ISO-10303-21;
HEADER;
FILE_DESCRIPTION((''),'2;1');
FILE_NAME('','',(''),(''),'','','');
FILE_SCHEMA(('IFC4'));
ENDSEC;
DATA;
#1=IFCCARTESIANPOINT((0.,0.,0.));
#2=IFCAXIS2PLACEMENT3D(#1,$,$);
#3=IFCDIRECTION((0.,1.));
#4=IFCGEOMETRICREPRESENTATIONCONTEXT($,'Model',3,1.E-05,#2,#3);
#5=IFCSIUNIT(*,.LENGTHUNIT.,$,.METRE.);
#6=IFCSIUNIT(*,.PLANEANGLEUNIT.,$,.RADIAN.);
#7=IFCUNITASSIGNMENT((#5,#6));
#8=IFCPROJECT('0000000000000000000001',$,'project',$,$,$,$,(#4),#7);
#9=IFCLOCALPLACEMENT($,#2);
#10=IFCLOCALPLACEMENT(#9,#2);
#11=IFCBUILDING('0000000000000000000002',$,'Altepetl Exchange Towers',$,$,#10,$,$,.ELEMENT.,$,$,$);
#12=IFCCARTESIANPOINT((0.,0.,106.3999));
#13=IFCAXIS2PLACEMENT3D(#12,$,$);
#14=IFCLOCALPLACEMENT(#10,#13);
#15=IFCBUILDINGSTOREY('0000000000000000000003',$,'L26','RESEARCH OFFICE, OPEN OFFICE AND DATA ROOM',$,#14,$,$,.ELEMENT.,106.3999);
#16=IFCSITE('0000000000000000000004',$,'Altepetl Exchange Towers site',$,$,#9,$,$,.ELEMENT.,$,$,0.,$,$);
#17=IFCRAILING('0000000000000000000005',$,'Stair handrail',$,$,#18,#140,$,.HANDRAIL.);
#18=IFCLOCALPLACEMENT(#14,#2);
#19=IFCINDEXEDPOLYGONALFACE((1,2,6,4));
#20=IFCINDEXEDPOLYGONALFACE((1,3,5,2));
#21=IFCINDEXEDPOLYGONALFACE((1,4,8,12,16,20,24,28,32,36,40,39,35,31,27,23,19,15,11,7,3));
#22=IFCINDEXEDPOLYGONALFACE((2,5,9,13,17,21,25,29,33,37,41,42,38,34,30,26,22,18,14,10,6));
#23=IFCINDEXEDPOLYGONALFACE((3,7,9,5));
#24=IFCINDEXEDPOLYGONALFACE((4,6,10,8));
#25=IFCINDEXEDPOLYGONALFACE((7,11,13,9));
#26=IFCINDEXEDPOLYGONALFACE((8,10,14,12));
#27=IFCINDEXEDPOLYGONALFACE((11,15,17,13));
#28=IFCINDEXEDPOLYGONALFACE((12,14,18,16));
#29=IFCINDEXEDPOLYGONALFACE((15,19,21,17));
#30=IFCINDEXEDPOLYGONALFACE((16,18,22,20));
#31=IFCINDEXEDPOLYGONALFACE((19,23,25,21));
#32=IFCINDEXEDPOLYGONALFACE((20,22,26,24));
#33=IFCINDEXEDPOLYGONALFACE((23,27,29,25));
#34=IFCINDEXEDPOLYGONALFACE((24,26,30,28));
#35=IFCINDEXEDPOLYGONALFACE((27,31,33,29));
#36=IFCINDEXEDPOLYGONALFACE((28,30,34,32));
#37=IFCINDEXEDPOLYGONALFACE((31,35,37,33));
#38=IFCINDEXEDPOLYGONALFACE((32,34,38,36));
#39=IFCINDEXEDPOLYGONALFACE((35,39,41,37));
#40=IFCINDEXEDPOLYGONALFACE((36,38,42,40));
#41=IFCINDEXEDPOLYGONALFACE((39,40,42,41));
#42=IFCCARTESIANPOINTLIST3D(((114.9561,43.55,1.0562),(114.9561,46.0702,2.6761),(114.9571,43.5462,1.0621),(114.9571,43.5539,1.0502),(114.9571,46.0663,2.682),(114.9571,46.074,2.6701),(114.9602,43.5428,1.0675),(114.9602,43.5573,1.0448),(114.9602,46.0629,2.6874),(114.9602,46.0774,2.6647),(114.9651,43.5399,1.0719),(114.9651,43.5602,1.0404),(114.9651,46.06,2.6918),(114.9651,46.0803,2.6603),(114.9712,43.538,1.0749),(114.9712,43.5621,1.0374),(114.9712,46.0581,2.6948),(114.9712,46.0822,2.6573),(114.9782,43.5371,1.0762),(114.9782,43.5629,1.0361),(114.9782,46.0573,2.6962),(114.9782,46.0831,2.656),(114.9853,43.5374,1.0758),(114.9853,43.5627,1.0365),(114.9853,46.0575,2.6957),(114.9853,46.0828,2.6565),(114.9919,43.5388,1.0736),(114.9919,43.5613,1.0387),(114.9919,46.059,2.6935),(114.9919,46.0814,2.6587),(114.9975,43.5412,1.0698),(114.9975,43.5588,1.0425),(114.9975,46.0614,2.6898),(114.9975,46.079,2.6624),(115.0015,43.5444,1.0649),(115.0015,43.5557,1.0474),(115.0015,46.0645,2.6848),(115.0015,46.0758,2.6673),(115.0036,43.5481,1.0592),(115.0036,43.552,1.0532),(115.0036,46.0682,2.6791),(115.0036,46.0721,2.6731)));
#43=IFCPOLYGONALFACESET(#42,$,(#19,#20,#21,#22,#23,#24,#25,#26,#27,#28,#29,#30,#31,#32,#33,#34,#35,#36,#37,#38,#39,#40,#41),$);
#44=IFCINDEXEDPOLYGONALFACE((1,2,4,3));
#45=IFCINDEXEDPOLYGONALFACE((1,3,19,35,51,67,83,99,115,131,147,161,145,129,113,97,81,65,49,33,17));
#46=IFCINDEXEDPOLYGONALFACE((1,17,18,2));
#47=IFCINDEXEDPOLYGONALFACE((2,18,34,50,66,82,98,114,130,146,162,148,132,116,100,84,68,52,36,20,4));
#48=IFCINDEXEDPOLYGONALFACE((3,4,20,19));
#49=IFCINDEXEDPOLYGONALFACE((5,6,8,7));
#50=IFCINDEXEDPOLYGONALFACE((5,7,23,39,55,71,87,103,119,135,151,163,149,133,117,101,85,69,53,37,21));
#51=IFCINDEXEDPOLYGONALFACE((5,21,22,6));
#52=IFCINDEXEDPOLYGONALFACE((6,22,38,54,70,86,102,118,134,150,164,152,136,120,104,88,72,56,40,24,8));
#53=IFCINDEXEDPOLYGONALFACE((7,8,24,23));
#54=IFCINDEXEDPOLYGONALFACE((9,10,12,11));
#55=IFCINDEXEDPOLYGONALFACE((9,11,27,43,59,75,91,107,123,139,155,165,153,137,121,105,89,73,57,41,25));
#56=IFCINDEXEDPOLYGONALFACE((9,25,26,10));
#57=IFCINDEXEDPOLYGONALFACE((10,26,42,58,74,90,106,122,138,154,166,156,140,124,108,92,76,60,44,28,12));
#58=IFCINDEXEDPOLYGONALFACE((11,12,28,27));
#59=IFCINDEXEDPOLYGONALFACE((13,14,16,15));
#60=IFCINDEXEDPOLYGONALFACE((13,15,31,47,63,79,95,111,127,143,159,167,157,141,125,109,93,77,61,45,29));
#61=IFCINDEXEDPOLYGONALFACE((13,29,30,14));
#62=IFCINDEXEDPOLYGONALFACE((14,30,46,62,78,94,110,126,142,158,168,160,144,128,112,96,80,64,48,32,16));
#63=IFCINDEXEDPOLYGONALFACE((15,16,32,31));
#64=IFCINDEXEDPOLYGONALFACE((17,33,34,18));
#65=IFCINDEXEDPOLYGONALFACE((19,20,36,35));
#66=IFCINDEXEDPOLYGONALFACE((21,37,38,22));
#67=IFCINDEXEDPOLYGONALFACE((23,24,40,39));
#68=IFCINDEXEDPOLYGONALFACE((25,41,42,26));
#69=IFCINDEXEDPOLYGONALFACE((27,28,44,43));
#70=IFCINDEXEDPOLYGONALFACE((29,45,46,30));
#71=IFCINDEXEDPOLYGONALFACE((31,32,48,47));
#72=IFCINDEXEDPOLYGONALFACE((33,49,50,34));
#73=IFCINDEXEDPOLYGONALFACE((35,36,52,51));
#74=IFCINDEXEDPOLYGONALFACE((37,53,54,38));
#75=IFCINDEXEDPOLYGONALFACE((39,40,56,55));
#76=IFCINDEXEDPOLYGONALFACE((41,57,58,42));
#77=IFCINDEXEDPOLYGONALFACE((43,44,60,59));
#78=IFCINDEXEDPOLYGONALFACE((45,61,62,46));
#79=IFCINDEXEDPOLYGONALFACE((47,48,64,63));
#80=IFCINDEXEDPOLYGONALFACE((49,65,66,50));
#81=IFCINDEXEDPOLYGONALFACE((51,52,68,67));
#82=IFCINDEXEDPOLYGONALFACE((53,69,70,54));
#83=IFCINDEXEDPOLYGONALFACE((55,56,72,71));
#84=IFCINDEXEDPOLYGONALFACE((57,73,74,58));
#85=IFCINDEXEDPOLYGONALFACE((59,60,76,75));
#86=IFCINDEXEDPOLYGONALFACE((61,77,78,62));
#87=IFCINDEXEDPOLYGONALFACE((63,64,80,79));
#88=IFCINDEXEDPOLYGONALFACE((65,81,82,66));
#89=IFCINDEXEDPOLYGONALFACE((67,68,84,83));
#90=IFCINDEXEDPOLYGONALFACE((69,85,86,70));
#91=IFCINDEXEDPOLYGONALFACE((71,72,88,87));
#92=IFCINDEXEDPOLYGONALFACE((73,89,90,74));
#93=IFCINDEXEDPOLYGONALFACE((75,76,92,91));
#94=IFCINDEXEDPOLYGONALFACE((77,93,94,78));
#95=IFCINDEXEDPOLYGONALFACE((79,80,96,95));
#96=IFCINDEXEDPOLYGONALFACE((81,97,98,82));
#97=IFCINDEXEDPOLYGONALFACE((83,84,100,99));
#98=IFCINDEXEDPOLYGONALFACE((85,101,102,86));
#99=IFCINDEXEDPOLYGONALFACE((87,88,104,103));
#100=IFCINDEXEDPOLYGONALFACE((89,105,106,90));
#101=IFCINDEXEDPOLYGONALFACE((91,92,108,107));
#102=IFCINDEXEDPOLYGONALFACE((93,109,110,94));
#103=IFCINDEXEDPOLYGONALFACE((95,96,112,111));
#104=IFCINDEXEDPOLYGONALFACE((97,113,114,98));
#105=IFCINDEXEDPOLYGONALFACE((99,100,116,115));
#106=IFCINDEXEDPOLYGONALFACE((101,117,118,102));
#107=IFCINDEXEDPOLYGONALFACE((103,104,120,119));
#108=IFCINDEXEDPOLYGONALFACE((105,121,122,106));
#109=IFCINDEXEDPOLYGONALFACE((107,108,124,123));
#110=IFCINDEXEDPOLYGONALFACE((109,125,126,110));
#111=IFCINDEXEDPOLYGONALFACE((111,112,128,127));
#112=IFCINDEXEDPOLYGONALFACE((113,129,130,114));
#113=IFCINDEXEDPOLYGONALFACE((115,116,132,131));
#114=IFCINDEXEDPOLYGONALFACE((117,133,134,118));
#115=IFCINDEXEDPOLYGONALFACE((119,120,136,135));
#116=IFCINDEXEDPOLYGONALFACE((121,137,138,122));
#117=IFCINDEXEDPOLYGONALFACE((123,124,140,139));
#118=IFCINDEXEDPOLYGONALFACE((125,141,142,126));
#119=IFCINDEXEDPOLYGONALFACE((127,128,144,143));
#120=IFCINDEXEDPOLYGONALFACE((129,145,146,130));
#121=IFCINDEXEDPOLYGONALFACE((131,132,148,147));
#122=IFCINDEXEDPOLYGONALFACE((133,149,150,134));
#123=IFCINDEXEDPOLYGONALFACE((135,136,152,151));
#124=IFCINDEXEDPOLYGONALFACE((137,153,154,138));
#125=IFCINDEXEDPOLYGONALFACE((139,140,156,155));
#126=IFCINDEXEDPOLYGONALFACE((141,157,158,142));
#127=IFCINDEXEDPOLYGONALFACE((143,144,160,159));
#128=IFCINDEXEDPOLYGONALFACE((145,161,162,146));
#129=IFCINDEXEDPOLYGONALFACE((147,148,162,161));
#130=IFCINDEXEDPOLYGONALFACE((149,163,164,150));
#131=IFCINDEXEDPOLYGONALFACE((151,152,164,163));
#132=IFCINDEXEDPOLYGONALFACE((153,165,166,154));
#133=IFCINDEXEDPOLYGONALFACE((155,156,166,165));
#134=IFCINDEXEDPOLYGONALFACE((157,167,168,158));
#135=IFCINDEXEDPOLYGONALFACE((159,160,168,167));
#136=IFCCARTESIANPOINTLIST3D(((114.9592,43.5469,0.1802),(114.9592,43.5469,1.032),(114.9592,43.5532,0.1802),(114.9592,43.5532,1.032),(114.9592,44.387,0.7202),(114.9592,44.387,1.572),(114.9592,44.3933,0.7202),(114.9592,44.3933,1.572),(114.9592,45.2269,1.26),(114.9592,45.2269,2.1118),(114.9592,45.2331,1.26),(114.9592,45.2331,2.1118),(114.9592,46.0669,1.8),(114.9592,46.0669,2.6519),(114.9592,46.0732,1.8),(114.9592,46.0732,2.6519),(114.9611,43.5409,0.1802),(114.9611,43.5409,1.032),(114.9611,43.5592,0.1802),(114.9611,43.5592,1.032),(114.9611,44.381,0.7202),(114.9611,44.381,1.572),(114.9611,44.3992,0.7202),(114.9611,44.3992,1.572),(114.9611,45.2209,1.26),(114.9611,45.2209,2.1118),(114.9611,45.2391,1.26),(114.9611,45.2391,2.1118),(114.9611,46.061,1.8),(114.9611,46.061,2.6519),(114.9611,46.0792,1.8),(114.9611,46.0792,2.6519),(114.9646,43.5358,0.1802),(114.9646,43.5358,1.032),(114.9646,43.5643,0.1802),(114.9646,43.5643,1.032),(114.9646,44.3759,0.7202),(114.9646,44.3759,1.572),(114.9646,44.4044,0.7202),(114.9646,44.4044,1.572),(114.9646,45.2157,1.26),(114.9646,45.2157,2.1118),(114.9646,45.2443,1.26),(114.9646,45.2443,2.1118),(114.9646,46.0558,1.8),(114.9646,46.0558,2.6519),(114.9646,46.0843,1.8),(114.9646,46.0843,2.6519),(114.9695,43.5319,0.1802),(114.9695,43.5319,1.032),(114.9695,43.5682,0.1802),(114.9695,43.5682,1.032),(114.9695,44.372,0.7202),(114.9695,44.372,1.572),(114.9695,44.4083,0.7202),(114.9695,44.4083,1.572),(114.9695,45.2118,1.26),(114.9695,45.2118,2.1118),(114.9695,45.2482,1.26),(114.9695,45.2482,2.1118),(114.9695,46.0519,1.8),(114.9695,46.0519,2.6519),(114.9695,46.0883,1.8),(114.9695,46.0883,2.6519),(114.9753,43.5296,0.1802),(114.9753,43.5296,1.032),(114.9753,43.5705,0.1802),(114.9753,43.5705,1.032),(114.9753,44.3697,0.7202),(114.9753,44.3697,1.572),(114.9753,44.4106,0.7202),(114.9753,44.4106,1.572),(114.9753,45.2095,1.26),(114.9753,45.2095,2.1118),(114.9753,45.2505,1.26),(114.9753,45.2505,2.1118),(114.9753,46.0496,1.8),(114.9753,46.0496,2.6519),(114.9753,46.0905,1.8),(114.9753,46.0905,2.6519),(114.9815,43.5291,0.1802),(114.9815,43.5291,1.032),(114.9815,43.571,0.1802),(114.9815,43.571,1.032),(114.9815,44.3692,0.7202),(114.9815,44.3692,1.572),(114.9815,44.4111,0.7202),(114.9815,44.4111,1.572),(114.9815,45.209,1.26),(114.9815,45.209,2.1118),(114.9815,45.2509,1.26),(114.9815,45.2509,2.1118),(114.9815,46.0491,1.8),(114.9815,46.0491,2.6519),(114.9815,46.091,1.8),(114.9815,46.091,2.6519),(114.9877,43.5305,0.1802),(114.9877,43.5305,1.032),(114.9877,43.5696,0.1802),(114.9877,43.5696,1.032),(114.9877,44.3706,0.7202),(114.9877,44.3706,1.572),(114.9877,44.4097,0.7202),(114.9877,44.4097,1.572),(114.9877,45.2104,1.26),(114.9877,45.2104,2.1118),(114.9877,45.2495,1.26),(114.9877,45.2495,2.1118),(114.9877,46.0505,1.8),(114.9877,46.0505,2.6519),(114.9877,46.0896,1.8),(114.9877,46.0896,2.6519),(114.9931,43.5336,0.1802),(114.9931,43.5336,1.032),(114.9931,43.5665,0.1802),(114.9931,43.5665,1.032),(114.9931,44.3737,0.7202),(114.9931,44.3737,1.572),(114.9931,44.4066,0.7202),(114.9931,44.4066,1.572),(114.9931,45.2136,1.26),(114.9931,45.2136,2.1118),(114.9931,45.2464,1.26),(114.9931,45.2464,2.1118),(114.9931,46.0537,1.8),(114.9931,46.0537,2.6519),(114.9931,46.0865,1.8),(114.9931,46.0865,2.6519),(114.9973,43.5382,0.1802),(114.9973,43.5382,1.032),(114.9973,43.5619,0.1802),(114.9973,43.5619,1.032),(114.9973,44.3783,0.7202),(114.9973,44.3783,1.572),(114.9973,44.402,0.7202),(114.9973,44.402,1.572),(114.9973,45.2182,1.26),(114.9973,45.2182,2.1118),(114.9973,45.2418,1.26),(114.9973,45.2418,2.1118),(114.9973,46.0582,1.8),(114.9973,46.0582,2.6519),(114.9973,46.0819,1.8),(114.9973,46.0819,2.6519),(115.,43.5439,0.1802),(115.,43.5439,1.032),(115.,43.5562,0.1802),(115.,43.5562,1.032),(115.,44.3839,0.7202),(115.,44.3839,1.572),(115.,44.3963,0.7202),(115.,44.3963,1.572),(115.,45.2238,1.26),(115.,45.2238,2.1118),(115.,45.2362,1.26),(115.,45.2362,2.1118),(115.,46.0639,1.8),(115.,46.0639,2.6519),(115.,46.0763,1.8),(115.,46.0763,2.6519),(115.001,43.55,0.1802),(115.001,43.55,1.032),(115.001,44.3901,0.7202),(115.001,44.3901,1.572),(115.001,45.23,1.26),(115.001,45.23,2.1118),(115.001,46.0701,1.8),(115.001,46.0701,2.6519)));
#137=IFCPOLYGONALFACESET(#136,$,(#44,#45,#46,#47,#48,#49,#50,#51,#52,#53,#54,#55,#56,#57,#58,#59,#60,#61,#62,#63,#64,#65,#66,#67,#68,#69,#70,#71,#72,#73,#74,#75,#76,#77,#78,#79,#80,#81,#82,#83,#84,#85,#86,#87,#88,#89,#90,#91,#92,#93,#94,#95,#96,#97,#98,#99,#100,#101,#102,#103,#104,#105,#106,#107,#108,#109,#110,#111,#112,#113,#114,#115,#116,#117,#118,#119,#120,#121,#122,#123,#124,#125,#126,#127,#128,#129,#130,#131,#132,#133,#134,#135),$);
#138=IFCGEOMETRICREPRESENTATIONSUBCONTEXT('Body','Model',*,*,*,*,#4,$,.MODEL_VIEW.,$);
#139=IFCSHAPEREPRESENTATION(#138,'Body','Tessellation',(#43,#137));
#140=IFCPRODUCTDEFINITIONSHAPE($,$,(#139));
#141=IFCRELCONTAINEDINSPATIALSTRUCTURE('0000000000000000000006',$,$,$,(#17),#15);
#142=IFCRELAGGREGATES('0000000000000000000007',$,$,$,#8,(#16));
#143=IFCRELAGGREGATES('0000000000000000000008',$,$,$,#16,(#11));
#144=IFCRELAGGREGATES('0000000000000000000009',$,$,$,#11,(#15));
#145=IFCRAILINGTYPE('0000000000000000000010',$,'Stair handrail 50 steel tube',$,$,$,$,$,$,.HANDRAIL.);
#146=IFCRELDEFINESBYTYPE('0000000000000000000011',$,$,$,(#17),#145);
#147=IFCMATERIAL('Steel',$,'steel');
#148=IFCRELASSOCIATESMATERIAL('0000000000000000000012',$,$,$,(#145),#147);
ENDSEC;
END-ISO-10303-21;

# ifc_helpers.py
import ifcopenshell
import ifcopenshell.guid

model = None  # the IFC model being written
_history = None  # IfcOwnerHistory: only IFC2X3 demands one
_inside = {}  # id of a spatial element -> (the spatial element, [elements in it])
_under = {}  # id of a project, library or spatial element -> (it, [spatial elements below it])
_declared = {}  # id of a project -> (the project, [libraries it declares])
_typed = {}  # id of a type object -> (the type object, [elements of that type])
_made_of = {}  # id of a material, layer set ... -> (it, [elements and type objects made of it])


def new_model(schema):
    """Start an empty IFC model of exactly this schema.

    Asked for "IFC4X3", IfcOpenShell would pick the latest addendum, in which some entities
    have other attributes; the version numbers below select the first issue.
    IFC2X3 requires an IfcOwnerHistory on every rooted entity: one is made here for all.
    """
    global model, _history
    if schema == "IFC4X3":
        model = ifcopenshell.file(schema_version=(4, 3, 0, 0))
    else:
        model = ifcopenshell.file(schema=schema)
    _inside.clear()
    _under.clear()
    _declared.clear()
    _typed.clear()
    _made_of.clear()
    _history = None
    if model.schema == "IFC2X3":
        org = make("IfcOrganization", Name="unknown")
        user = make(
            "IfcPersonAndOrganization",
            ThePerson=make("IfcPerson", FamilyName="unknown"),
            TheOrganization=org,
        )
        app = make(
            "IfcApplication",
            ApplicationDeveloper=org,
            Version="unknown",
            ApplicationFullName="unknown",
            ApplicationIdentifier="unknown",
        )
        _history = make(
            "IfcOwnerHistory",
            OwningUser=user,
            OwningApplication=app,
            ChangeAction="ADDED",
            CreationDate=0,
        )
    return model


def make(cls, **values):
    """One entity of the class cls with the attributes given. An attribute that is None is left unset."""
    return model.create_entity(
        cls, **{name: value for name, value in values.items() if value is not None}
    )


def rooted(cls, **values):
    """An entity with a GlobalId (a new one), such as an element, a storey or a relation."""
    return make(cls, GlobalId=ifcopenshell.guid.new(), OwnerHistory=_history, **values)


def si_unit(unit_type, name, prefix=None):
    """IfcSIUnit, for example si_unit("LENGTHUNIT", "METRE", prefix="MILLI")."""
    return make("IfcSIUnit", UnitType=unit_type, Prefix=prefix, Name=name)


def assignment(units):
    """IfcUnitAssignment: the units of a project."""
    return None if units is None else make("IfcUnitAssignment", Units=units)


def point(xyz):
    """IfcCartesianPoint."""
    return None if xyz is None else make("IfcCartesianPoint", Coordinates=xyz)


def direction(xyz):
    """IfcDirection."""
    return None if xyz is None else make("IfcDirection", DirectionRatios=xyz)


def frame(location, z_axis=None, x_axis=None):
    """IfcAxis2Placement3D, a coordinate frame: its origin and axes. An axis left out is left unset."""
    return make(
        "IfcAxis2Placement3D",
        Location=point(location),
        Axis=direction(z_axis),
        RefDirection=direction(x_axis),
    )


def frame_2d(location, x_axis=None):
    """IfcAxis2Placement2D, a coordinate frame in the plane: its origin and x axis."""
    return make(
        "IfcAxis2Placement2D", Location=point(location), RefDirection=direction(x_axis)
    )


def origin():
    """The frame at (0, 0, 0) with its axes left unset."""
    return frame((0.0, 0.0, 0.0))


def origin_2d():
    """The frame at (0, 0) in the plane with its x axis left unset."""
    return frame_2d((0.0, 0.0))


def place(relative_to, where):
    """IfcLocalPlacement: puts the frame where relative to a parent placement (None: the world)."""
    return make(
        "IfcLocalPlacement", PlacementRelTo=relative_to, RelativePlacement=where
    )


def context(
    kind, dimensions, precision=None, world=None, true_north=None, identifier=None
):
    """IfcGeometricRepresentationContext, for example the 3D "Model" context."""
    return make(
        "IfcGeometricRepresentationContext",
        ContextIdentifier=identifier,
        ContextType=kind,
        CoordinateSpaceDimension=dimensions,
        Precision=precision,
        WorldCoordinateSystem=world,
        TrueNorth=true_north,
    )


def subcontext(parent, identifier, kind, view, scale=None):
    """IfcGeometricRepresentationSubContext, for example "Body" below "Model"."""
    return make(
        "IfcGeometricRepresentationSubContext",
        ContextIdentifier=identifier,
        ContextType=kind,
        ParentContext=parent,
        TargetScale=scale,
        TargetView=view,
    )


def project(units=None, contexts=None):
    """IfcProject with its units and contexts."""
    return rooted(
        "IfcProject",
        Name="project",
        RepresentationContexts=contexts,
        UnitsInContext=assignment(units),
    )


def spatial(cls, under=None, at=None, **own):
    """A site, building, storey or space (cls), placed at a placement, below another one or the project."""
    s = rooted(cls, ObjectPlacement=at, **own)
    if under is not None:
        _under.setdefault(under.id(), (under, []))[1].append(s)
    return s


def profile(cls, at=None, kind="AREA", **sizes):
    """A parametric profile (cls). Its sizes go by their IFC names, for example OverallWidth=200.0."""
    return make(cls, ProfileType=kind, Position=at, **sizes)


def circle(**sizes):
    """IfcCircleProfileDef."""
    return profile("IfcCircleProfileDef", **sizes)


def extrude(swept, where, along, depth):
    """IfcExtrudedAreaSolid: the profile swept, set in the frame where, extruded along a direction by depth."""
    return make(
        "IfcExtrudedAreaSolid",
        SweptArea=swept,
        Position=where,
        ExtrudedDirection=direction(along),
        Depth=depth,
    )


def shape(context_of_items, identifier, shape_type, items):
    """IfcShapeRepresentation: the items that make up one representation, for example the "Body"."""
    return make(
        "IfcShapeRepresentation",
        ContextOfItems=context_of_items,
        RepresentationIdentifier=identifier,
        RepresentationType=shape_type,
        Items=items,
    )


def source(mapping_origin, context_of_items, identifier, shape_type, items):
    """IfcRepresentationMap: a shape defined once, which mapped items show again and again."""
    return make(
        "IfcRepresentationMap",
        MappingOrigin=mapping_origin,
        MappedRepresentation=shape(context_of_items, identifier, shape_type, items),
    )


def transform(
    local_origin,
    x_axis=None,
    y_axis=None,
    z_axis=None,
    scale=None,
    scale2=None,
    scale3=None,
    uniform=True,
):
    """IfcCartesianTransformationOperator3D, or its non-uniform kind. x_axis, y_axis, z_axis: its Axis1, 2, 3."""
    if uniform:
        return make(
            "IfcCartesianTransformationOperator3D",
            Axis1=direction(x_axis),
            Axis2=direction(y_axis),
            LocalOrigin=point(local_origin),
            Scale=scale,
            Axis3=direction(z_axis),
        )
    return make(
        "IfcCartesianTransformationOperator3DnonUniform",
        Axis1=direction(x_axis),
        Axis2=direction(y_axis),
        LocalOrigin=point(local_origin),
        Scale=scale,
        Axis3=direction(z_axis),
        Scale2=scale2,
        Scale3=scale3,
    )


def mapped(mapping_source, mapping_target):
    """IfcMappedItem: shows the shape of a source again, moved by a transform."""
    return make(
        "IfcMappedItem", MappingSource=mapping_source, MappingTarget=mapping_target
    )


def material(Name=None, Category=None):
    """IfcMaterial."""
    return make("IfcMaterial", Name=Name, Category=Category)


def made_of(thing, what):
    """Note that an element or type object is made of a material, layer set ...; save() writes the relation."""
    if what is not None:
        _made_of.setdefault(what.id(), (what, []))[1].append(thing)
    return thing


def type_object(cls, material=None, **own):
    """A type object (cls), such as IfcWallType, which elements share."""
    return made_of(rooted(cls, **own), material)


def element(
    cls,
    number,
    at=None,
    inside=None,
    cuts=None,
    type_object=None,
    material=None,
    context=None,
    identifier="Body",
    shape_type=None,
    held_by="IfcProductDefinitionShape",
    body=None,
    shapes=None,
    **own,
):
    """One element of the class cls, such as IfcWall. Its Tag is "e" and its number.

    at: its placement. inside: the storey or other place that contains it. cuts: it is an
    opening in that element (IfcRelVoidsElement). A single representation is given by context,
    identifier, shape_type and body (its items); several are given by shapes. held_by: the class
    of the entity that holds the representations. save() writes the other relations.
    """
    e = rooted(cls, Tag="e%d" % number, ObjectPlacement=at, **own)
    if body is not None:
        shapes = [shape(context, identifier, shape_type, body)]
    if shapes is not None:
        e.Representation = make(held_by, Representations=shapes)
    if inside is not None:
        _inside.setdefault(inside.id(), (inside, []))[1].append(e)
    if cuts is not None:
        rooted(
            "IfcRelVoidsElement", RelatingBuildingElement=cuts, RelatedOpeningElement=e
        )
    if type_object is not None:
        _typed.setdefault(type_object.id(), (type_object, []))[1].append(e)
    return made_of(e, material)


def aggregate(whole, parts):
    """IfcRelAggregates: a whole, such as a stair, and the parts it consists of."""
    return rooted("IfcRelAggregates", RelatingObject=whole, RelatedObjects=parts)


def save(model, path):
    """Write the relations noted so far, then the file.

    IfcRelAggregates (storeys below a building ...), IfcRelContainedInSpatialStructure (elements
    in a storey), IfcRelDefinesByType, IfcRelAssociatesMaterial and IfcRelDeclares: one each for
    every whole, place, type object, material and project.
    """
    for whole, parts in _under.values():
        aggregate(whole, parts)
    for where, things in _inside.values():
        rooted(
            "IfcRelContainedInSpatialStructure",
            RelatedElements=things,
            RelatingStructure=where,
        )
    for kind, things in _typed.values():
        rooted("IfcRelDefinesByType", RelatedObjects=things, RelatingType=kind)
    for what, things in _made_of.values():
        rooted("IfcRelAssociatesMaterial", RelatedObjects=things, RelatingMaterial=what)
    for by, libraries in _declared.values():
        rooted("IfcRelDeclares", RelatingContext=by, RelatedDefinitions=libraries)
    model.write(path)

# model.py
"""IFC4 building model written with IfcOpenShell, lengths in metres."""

from ifc_helpers import new_model, si_unit, direction, frame, origin, origin_2d, place, context, subcontext, project, spatial, circle, extrude, source, transform, mapped, material, type_object, element, save


model = new_model("IFC4")

# Units and contexts
model_context = context("Model", 3, precision=1e-05, world=origin(), true_north=direction((0.0, 1.0)))
body_context = subcontext(model_context, "Body", "Model", "MODEL_VIEW")
ifc_project = project(units=[si_unit("LENGTHUNIT", "METRE"), si_unit("PLANEANGLEUNIT", "RADIAN")], contexts=[model_context])

# Site, building, storey
site_placement = place(None, origin())
site = spatial("IfcSite", under=ifc_project, at=site_placement, Name="Altepetl Exchange Towers site", CompositionType="ELEMENT", RefElevation=0.0)
building_placement = place(site_placement, origin())
building = spatial("IfcBuilding", under=site, at=building_placement, Name="Altepetl Exchange Towers", CompositionType="ELEMENT")
storey_placement = place(building_placement, frame((0.0, 0.0, 106.3999)))
storey = spatial("IfcBuildingStorey", under=building, at=storey_placement, Name="L26", Description="RESEARCH OFFICE, OPEN OFFICE AND DATA ROOM", CompositionType="ELEMENT", Elevation=106.3999)

# Railing
ifc_material_1 = material(Name="Steel", Category="steel")
railing_type = type_object("IfcRailingType", Name="Stair handrail 50 steel tube", PredefinedType="HANDRAIL", material=ifc_material_1)
shared_shape = source(origin(), body_context, "Body", "SweptSolid", [
    extrude(circle(Radius=0.021, at=origin_2d()), origin(), (0.0, 0.0, 1.0), 0.8518),
])
railing_1_placement = place(storey_placement, frame((114.98, 43.55, 0.1802)))
element("IfcRailing", 1, at=railing_1_placement, inside=storey, type_object=railing_type, Name="Stair handrail", PredefinedType="HANDRAIL", context=body_context, shape_type="SweptSolid", body=[
    extrude(circle(Radius=0.0239, at=origin_2d()), frame((0.0, 0.0, 0.876), z_axis=(0.0, 0.8412, 0.540725), x_axis=(-1.0, 0.0, 0.0)), (0.0, 0.0, 1.0), 2.9958),
    mapped(shared_shape, transform((0.0, 0.0, 0.0))),
    mapped(shared_shape, transform((0.0, 0.8401, 0.54))),
    mapped(shared_shape, transform((0.0, 1.6799, 1.0798))),
    mapped(shared_shape, transform((0.0, 2.52, 1.6199))),
])

save(model, "model.ifc")
